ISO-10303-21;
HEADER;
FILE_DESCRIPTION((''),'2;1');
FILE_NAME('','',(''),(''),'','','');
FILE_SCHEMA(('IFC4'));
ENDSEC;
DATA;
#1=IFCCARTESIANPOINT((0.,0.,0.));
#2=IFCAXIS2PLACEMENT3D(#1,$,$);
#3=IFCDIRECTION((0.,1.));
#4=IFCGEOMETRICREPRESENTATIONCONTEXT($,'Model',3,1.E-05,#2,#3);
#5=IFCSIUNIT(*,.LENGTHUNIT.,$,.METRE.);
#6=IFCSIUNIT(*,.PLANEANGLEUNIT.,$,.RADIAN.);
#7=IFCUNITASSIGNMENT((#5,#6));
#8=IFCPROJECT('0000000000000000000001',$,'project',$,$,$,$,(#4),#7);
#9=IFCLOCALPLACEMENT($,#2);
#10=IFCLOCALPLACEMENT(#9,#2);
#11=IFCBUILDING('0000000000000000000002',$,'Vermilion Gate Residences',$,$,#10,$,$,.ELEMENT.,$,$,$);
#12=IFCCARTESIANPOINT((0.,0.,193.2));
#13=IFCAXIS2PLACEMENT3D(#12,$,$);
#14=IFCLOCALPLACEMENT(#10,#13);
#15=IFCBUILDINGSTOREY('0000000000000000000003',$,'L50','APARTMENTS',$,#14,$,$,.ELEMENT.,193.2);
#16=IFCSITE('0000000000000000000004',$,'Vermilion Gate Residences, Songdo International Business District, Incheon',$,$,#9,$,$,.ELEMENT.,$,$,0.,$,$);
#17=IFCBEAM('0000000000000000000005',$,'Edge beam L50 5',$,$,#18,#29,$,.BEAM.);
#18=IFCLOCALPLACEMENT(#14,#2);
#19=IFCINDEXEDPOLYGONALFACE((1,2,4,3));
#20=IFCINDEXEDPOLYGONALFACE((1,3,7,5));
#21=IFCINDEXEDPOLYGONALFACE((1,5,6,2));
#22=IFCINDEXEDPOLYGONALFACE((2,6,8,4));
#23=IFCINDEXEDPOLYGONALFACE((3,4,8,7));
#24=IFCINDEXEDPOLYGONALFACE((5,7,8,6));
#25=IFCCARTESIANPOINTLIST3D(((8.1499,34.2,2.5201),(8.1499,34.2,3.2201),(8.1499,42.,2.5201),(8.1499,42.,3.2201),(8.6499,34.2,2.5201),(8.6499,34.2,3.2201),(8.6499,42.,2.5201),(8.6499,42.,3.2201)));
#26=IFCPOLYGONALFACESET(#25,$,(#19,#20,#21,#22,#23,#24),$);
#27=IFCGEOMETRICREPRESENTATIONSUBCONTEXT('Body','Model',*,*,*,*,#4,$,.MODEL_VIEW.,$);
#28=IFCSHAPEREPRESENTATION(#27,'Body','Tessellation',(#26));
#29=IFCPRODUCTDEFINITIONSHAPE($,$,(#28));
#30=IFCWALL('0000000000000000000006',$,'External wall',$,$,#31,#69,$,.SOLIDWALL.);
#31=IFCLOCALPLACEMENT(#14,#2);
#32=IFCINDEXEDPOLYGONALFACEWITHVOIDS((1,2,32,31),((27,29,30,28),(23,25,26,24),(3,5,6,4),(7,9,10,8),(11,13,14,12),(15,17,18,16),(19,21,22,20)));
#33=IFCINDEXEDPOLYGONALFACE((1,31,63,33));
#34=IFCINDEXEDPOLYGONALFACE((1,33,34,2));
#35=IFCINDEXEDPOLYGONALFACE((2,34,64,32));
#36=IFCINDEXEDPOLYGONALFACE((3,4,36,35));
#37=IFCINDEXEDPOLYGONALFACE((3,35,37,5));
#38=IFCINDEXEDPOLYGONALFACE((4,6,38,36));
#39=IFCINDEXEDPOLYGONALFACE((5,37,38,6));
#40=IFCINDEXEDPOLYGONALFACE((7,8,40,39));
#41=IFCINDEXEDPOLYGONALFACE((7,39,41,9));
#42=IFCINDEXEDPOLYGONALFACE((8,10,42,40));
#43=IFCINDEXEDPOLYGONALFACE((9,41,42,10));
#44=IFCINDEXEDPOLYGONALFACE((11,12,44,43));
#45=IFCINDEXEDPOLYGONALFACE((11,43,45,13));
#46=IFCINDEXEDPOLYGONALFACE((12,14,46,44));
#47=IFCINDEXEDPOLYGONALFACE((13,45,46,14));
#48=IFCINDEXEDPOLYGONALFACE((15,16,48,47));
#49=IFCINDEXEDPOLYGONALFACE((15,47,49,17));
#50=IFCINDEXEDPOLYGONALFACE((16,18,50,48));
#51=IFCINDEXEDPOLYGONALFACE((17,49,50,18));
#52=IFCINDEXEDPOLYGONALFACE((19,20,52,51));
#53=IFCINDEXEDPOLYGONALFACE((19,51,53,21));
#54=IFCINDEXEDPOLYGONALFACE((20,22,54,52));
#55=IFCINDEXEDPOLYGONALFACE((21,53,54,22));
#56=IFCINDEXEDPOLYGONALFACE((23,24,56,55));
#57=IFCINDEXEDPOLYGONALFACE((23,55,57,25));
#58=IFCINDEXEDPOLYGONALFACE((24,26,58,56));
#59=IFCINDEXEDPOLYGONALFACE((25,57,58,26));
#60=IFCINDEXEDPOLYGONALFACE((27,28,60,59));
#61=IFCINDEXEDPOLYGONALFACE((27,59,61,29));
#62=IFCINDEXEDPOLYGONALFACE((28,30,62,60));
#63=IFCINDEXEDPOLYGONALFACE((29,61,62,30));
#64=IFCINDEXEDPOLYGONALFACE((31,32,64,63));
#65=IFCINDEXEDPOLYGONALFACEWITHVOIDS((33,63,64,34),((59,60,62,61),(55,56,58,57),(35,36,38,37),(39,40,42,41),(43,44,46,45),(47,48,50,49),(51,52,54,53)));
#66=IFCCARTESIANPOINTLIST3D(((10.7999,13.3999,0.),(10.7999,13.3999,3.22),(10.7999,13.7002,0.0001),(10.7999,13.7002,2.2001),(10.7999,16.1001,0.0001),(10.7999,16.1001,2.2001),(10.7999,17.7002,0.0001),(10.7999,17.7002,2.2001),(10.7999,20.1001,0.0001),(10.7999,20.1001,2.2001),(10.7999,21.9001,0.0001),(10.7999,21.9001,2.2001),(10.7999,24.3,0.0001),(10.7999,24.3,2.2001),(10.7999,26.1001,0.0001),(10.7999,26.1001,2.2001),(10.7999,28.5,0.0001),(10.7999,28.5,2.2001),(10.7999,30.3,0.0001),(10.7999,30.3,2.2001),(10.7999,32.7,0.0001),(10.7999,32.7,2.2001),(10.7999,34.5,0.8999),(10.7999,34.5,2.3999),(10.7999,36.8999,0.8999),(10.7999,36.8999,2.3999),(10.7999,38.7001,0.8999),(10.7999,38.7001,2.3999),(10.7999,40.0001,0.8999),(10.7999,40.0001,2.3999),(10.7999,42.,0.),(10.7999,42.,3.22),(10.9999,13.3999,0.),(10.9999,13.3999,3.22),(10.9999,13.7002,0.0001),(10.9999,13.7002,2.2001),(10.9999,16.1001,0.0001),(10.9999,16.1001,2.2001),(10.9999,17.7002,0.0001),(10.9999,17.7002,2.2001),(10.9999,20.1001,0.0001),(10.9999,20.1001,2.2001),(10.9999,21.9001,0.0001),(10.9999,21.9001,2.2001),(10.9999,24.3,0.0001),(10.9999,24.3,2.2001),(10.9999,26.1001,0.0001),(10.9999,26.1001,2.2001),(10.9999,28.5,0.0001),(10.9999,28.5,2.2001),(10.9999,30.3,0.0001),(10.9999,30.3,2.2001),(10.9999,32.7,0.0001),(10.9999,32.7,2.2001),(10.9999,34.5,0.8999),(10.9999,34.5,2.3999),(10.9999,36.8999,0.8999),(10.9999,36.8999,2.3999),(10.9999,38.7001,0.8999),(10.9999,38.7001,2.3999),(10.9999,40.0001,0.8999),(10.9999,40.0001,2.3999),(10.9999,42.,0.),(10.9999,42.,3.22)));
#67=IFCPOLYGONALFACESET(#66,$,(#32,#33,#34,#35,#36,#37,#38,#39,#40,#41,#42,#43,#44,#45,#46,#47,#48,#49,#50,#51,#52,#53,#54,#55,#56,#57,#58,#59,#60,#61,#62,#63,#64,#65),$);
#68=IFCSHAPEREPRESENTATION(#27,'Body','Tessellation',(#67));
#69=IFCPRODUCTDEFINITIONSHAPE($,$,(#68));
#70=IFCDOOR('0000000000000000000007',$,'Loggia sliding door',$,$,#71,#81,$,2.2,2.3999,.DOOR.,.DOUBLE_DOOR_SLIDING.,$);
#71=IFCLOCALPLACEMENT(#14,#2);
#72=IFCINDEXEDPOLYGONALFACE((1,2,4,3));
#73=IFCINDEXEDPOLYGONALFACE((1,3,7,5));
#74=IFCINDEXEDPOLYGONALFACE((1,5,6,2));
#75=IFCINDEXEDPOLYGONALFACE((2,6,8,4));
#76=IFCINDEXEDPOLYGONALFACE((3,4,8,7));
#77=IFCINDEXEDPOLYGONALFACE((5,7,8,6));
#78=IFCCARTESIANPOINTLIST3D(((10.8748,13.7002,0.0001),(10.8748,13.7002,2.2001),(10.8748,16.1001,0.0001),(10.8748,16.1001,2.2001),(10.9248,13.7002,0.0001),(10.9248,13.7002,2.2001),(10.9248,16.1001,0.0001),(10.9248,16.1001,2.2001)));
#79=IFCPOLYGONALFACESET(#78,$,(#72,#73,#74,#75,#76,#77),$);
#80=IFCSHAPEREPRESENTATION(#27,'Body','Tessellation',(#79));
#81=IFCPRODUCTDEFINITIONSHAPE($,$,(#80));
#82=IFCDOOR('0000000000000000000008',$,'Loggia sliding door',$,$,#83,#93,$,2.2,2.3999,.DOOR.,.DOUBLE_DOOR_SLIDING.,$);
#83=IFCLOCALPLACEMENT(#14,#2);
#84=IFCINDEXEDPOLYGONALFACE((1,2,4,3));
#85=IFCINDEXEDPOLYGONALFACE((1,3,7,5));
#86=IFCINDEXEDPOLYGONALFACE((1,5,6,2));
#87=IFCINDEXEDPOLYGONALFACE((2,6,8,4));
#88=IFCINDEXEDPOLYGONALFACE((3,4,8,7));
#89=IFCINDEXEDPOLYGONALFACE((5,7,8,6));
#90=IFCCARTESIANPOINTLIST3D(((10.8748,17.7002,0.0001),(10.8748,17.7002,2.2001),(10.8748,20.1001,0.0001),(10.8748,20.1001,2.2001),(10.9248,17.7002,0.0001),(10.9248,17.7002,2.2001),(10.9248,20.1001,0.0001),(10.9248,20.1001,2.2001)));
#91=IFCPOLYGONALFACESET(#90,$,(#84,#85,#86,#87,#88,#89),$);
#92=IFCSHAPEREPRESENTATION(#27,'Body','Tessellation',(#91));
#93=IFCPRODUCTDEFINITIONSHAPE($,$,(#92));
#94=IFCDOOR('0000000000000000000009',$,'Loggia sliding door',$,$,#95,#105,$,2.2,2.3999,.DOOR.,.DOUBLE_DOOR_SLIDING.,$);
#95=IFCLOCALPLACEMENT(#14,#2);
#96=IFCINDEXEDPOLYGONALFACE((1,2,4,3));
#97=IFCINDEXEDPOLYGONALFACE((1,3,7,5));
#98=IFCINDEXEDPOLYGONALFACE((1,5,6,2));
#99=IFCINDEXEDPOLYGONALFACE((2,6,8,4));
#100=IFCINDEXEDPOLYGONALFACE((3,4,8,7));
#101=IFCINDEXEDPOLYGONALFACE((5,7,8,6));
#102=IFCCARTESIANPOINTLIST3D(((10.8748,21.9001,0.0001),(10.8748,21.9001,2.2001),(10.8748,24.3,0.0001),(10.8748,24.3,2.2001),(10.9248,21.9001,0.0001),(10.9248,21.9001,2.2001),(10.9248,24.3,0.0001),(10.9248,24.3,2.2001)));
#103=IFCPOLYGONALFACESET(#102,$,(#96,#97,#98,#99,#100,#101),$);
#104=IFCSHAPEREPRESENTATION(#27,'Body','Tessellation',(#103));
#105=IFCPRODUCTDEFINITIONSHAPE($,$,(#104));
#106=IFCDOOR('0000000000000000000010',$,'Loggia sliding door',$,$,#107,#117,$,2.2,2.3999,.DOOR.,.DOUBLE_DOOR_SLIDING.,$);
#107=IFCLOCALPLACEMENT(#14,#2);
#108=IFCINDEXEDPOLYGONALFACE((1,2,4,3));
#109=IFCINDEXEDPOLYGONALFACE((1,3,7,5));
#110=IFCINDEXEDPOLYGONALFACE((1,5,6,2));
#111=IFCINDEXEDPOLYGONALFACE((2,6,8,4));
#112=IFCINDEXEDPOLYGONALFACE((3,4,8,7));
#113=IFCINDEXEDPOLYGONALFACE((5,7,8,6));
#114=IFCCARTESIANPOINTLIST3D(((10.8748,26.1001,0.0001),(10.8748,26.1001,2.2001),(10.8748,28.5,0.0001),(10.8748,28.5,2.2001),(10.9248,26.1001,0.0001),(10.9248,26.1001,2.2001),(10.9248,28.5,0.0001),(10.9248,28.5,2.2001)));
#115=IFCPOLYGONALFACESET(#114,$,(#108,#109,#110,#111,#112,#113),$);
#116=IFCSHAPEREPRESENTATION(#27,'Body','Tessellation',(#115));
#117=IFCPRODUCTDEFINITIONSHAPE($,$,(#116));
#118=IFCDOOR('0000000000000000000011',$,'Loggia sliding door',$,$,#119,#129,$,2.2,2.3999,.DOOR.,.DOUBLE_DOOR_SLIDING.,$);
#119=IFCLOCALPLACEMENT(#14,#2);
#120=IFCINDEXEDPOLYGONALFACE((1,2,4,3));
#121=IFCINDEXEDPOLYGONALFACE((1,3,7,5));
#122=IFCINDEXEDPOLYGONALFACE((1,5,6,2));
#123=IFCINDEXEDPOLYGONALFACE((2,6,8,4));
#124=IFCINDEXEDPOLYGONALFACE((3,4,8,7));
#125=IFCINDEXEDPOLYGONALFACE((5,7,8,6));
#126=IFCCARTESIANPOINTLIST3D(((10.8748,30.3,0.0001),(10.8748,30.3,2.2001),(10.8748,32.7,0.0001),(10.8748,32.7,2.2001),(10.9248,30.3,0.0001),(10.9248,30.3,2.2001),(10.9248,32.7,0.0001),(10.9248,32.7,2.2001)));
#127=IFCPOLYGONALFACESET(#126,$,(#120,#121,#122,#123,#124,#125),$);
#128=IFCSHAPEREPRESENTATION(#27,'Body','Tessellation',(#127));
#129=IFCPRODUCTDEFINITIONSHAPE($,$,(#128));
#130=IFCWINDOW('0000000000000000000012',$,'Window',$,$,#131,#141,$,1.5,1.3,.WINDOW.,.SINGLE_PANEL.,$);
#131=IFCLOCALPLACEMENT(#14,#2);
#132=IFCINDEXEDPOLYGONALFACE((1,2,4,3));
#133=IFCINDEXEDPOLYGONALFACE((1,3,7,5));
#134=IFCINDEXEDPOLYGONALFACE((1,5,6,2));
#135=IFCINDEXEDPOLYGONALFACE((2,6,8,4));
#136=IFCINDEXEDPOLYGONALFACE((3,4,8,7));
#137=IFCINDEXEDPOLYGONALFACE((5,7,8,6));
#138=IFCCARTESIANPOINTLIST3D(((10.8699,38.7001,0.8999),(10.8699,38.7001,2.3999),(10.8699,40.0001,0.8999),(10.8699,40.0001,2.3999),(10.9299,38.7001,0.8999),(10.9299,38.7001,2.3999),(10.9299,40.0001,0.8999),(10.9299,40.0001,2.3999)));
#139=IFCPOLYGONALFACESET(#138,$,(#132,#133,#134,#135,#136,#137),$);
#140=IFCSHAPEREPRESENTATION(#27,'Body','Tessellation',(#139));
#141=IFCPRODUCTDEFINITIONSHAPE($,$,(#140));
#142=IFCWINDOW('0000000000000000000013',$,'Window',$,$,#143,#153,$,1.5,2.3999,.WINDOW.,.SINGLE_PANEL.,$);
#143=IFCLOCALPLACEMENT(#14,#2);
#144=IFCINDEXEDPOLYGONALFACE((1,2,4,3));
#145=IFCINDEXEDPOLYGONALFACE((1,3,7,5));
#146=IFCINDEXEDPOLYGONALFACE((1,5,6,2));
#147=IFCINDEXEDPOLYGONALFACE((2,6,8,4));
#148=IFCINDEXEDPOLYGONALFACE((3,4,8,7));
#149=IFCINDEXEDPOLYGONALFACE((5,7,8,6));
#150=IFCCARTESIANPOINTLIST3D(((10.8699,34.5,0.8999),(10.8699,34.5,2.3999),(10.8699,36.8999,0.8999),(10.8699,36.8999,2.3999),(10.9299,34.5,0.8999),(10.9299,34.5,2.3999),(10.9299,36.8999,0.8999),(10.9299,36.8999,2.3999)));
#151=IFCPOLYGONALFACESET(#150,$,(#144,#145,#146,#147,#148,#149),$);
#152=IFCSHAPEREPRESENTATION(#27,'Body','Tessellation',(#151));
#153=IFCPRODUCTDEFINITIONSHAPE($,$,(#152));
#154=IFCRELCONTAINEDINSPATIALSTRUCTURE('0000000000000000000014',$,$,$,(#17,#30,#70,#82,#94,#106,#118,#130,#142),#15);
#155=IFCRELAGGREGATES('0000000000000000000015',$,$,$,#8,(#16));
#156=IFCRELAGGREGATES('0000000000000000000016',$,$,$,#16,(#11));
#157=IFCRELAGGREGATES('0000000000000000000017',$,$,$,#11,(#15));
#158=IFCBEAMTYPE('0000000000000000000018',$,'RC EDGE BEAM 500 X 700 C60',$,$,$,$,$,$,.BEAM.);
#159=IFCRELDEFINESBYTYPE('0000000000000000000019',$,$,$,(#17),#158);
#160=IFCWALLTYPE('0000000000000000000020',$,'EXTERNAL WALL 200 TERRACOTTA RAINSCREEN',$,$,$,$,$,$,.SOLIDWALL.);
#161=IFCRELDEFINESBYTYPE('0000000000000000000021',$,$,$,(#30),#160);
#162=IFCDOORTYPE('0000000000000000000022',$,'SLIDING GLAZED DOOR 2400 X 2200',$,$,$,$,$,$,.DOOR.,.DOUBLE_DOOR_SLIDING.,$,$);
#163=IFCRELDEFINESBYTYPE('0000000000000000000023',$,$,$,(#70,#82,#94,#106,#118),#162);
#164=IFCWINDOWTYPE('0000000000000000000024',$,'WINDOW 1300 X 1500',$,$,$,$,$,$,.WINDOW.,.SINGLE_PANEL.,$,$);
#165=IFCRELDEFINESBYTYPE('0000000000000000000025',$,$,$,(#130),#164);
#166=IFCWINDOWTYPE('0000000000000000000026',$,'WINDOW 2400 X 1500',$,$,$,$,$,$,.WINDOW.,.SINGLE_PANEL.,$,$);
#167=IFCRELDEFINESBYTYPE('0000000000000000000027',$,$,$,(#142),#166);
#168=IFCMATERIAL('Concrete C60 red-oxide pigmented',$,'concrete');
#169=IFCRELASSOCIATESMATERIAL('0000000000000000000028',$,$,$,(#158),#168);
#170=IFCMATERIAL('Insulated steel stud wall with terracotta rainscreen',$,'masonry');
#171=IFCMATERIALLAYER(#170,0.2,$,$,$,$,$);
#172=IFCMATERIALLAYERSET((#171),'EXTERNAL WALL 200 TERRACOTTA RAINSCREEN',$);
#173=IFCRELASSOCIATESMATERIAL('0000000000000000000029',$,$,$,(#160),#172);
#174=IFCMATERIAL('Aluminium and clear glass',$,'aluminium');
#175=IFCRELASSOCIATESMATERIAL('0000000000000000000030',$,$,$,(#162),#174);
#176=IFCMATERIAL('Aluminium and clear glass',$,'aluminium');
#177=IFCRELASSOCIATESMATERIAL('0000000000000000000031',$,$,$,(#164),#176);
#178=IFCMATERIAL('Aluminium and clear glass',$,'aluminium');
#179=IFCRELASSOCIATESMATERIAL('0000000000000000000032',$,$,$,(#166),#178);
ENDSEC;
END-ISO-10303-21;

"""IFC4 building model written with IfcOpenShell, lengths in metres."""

from ifc_helpers import new_model, si_unit, direction, frame, frame_2d, origin, origin_2d, place, context, subcontext, project, spatial, rectangle, extrude, material, layer, layer_set, material_profile, profile_set, type_object, element, fill, save


model = new_model("IFC4")

# Units and contexts
model_context = context("Model", 3, precision=1e-05, world=origin(), true_north=direction((0.0, 1.0)))
body_context = subcontext(model_context, "Body", "Model", "MODEL_VIEW")
ifc_project = project(units=[si_unit("LENGTHUNIT", "METRE"), si_unit("PLANEANGLEUNIT", "RADIAN")], contexts=[model_context])

# Site, building, storey
site_placement = place(None, origin())
site = spatial("IfcSite", under=ifc_project, at=site_placement, Name="Vermilion Gate Residences, Songdo International Business District, Incheon", CompositionType="ELEMENT", RefElevation=0.0)
building_placement = place(site_placement, origin())
building = spatial("IfcBuilding", under=site, at=building_placement, Name="Vermilion Gate Residences", CompositionType="ELEMENT")
storey_placement = place(building_placement, frame((0.0, 0.0, 193.2)))
storey = spatial("IfcBuildingStorey", under=building, at=storey_placement, Name="L50", Description="APARTMENTS", CompositionType="ELEMENT", Elevation=193.2)

# Beam
ifc_material_1 = material(Name="Concrete C60 red-oxide pigmented", Category="concrete")
ifc_material_profile_1 = material_profile(ifc_material_1, rectangle(XDim=0.5, YDim=0.7, at=origin_2d()), Name="RC-500x700")
ifc_profile_set_1 = profile_set([ifc_material_profile_1], Name="Concrete C60 red-oxide pigmented")
beam_type = type_object("IfcBeamType", Name="RC EDGE BEAM 500 X 700 C60", PredefinedType="BEAM", material=ifc_profile_set_1)
beam_placement = place(storey_placement, frame((8.3999, 34.2, 2.8701), z_axis=(0.0, 1.0, 0.0), x_axis=(-1.0, 0.0, 0.0)))
element("IfcBeam", 1, at=beam_placement, inside=storey, type_object=beam_type, Name="Edge beam L50 5", PredefinedType="BEAM", context=body_context, shape_type="SweptSolid", body=[
    extrude(rectangle(XDim=0.5, YDim=0.7, at=origin_2d()), origin(), (0.0, 0.0, 1.0), 7.8),
])

# Wall, openings, doors, windows
ifc_material_2 = material(Name="Insulated steel stud wall with terracotta rainscreen", Category="masonry")
ifc_layer_1 = layer(ifc_material_2, 0.2)
ifc_layer_set_1 = layer_set([ifc_layer_1], Name="EXTERNAL WALL 200 TERRACOTTA RAINSCREEN")
wall_type_1 = type_object("IfcWallType", Name="EXTERNAL WALL 200 TERRACOTTA RAINSCREEN", PredefinedType="SOLIDWALL", material=ifc_layer_set_1)
wall_1_placement = place(storey_placement, frame((10.8999, 42.0, 0.0), z_axis=(0.0, 0.0, 1.0), x_axis=(0.0, -1.0, 0.0)))
wall_1 = element("IfcWall", 2, at=wall_1_placement, inside=storey, type_object=wall_type_1, Name="External wall", PredefinedType="SOLIDWALL", context=body_context, shape_type="SweptSolid", body=[
    extrude(rectangle(XDim=28.6001, YDim=0.2, at=frame_2d((14.3, 0.0))), origin(), (0.0, 0.0, 1.0), 3.22),
])
opening_1_placement = place(wall_1_placement, frame((25.8999, 0.0, 0.0)))
opening_1 = element("IfcOpeningElement", 3, at=opening_1_placement, cuts=wall_1, PredefinedType="OPENING", context=body_context, shape_type="SweptSolid", body=[
    extrude(rectangle(XDim=2.3999, YDim=2.2, at=frame_2d((1.2, 1.1001))), frame((0.0, 0.1099, 0.0), z_axis=(0.0, -1.0, 0.0), x_axis=(1.0, 0.0, 0.0)), (0.0, 0.0, 1.0), 0.22),
])
opening_2_placement = place(wall_1_placement, frame((21.8999, 0.0, 0.0)))
opening_2 = element("IfcOpeningElement", 4, at=opening_2_placement, cuts=wall_1, PredefinedType="OPENING", context=body_context, shape_type="SweptSolid", body=[
    extrude(rectangle(XDim=2.3999, YDim=2.2, at=frame_2d((1.2, 1.1001))), frame((0.0, 0.1099, 0.0), z_axis=(0.0, -1.0, 0.0), x_axis=(1.0, 0.0, 0.0)), (0.0, 0.0, 1.0), 0.22),
])
opening_3_placement = place(wall_1_placement, frame((17.7, 0.0, 0.0)))
opening_3 = element("IfcOpeningElement", 5, at=opening_3_placement, cuts=wall_1, PredefinedType="OPENING", context=body_context, shape_type="SweptSolid", body=[
    extrude(rectangle(XDim=2.3999, YDim=2.2, at=frame_2d((1.2, 1.1001))), frame((0.0, 0.1099, 0.0), z_axis=(0.0, -1.0, 0.0), x_axis=(1.0, 0.0, 0.0)), (0.0, 0.0, 1.0), 0.22),
])
opening_4_placement = place(wall_1_placement, frame((13.5, 0.0, 0.0)))
opening_4 = element("IfcOpeningElement", 6, at=opening_4_placement, cuts=wall_1, PredefinedType="OPENING", context=body_context, shape_type="SweptSolid", body=[
    extrude(rectangle(XDim=2.3999, YDim=2.2, at=frame_2d((1.2, 1.1001))), frame((0.0, 0.1099, 0.0), z_axis=(0.0, -1.0, 0.0), x_axis=(1.0, 0.0, 0.0)), (0.0, 0.0, 1.0), 0.22),
])
opening_5_placement = place(wall_1_placement, frame((9.3, 0.0, 0.0)))
opening_5 = element("IfcOpeningElement", 7, at=opening_5_placement, cuts=wall_1, PredefinedType="OPENING", context=body_context, shape_type="SweptSolid", body=[
    extrude(rectangle(XDim=2.3999, YDim=2.2, at=frame_2d((1.2, 1.1001))), frame((0.0, 0.1099, 0.0), z_axis=(0.0, -1.0, 0.0), x_axis=(1.0, 0.0, 0.0)), (0.0, 0.0, 1.0), 0.22),
])
opening_6_placement = place(wall_1_placement, frame((5.1001, 0.0, 0.8999)))
opening_6 = element("IfcOpeningElement", 8, at=opening_6_placement, cuts=wall_1, PredefinedType="OPENING", context=body_context, shape_type="SweptSolid", body=[
    extrude(rectangle(XDim=2.3999, YDim=1.5, at=frame_2d((1.2, 0.75))), frame((0.0, 0.1099, 0.0), z_axis=(0.0, -1.0, 0.0), x_axis=(1.0, 0.0, 0.0)), (0.0, 0.0, 1.0), 0.22),
])
opening_7_placement = place(wall_1_placement, frame((2.0, 0.0, 0.8999)))
opening_7 = element("IfcOpeningElement", 9, at=opening_7_placement, cuts=wall_1, PredefinedType="OPENING", context=body_context, shape_type="SweptSolid", body=[
    extrude(rectangle(XDim=1.3, YDim=1.5, at=frame_2d((0.6499, 0.75))), frame((0.0, 0.1099, 0.0), z_axis=(0.0, -1.0, 0.0), x_axis=(1.0, 0.0, 0.0)), (0.0, 0.0, 1.0), 0.22),
])
ifc_material_3 = material(Name="Aluminium and clear glass", Category="aluminium")
door_type_1 = type_object("IfcDoorType", Name="SLIDING GLAZED DOOR 2400 X 2200", OperationType="DOUBLE_DOOR_SLIDING", PredefinedType="DOOR", material=ifc_material_3)
door_1_placement = place(opening_1_placement, origin())
door_1 = element("IfcDoor", 10, at=door_1_placement, inside=storey, type_object=door_type_1, Name="Loggia sliding door", OperationType="DOUBLE_DOOR_SLIDING", OverallHeight=2.2, OverallWidth=2.3999, PredefinedType="DOOR", context=body_context, shape_type="SweptSolid", body=[
    extrude(rectangle(XDim=2.3999, YDim=2.2, at=frame_2d((1.2, 1.1001))), frame((0.0, 0.0249, 0.0), z_axis=(0.0, -1.0, 0.0), x_axis=(1.0, 0.0, 0.0)), (0.0, 0.0, 1.0), 0.05),
])
fill(opening_1, door_1)
door_2_placement = place(opening_2_placement, origin())
door_2 = element("IfcDoor", 11, at=door_2_placement, inside=storey, type_object=door_type_1, Name="Loggia sliding door", OperationType="DOUBLE_DOOR_SLIDING", OverallHeight=2.2, OverallWidth=2.3999, PredefinedType="DOOR", context=body_context, shape_type="SweptSolid", body=[
    extrude(rectangle(XDim=2.3999, YDim=2.2, at=frame_2d((1.2, 1.1001))), frame((0.0, 0.0249, 0.0), z_axis=(0.0, -1.0, 0.0), x_axis=(1.0, 0.0, 0.0)), (0.0, 0.0, 1.0), 0.05),
])
fill(opening_2, door_2)
door_3_placement = place(opening_3_placement, origin())
door_3 = element("IfcDoor", 12, at=door_3_placement, inside=storey, type_object=door_type_1, Name="Loggia sliding door", OperationType="DOUBLE_DOOR_SLIDING", OverallHeight=2.2, OverallWidth=2.3999, PredefinedType="DOOR", context=body_context, shape_type="SweptSolid", body=[
    extrude(rectangle(XDim=2.3999, YDim=2.2, at=frame_2d((1.2, 1.1001))), frame((0.0, 0.0249, 0.0), z_axis=(0.0, -1.0, 0.0), x_axis=(1.0, 0.0, 0.0)), (0.0, 0.0, 1.0), 0.05),
])
fill(opening_3, door_3)
door_4_placement = place(opening_4_placement, origin())
door_4 = element("IfcDoor", 13, at=door_4_placement, inside=storey, type_object=door_type_1, Name="Loggia sliding door", OperationType="DOUBLE_DOOR_SLIDING", OverallHeight=2.2, OverallWidth=2.3999, PredefinedType="DOOR", context=body_context, shape_type="SweptSolid", body=[
    extrude(rectangle(XDim=2.3999, YDim=2.2, at=frame_2d((1.2, 1.1001))), frame((0.0, 0.0249, 0.0), z_axis=(0.0, -1.0, 0.0), x_axis=(1.0, 0.0, 0.0)), (0.0, 0.0, 1.0), 0.05),
])
fill(opening_4, door_4)
door_5_placement = place(opening_5_placement, origin())
door_5 = element("IfcDoor", 14, at=door_5_placement, inside=storey, type_object=door_type_1, Name="Loggia sliding door", OperationType="DOUBLE_DOOR_SLIDING", OverallHeight=2.2, OverallWidth=2.3999, PredefinedType="DOOR", context=body_context, shape_type="SweptSolid", body=[
    extrude(rectangle(XDim=2.3999, YDim=2.2, at=frame_2d((1.2, 1.1001))), frame((0.0, 0.0249, 0.0), z_axis=(0.0, -1.0, 0.0), x_axis=(1.0, 0.0, 0.0)), (0.0, 0.0, 1.0), 0.05),
])
fill(opening_5, door_5)
ifc_material_4 = material(Name="Aluminium and clear glass", Category="aluminium")
window_type_1 = type_object("IfcWindowType", Name="WINDOW 1300 X 1500", PartitioningType="SINGLE_PANEL", PredefinedType="WINDOW", material=ifc_material_4)
window_1_placement = place(opening_7_placement, origin())
window_1 = element("IfcWindow", 15, at=window_1_placement, inside=storey, type_object=window_type_1, Name="Window", OverallHeight=1.5, OverallWidth=1.3, PartitioningType="SINGLE_PANEL", PredefinedType="WINDOW", context=body_context, shape_type="SweptSolid", body=[
    extrude(rectangle(XDim=1.3, YDim=1.5, at=frame_2d((0.6499, 0.75))), frame((0.0, 0.03, 0.0), z_axis=(0.0, -1.0, 0.0), x_axis=(1.0, 0.0, 0.0)), (0.0, 0.0, 1.0), 0.0601),
])
fill(opening_7, window_1)
ifc_material_5 = material(Name="Aluminium and clear glass", Category="aluminium")
window_type_2 = type_object("IfcWindowType", Name="WINDOW 2400 X 1500", PartitioningType="SINGLE_PANEL", PredefinedType="WINDOW", material=ifc_material_5)
window_2_placement = place(opening_6_placement, origin())
window_2 = element("IfcWindow", 16, at=window_2_placement, inside=storey, type_object=window_type_2, Name="Window", OverallHeight=1.5, OverallWidth=2.3999, PartitioningType="SINGLE_PANEL", PredefinedType="WINDOW", context=body_context, shape_type="SweptSolid", body=[
    extrude(rectangle(XDim=2.3999, YDim=1.5, at=frame_2d((1.2, 0.75))), frame((0.0, 0.03, 0.0), z_axis=(0.0, -1.0, 0.0), x_axis=(1.0, 0.0, 0.0)), (0.0, 0.0, 1.0), 0.0601),
])
fill(opening_6, window_2)

save(model, "model.ifc")
